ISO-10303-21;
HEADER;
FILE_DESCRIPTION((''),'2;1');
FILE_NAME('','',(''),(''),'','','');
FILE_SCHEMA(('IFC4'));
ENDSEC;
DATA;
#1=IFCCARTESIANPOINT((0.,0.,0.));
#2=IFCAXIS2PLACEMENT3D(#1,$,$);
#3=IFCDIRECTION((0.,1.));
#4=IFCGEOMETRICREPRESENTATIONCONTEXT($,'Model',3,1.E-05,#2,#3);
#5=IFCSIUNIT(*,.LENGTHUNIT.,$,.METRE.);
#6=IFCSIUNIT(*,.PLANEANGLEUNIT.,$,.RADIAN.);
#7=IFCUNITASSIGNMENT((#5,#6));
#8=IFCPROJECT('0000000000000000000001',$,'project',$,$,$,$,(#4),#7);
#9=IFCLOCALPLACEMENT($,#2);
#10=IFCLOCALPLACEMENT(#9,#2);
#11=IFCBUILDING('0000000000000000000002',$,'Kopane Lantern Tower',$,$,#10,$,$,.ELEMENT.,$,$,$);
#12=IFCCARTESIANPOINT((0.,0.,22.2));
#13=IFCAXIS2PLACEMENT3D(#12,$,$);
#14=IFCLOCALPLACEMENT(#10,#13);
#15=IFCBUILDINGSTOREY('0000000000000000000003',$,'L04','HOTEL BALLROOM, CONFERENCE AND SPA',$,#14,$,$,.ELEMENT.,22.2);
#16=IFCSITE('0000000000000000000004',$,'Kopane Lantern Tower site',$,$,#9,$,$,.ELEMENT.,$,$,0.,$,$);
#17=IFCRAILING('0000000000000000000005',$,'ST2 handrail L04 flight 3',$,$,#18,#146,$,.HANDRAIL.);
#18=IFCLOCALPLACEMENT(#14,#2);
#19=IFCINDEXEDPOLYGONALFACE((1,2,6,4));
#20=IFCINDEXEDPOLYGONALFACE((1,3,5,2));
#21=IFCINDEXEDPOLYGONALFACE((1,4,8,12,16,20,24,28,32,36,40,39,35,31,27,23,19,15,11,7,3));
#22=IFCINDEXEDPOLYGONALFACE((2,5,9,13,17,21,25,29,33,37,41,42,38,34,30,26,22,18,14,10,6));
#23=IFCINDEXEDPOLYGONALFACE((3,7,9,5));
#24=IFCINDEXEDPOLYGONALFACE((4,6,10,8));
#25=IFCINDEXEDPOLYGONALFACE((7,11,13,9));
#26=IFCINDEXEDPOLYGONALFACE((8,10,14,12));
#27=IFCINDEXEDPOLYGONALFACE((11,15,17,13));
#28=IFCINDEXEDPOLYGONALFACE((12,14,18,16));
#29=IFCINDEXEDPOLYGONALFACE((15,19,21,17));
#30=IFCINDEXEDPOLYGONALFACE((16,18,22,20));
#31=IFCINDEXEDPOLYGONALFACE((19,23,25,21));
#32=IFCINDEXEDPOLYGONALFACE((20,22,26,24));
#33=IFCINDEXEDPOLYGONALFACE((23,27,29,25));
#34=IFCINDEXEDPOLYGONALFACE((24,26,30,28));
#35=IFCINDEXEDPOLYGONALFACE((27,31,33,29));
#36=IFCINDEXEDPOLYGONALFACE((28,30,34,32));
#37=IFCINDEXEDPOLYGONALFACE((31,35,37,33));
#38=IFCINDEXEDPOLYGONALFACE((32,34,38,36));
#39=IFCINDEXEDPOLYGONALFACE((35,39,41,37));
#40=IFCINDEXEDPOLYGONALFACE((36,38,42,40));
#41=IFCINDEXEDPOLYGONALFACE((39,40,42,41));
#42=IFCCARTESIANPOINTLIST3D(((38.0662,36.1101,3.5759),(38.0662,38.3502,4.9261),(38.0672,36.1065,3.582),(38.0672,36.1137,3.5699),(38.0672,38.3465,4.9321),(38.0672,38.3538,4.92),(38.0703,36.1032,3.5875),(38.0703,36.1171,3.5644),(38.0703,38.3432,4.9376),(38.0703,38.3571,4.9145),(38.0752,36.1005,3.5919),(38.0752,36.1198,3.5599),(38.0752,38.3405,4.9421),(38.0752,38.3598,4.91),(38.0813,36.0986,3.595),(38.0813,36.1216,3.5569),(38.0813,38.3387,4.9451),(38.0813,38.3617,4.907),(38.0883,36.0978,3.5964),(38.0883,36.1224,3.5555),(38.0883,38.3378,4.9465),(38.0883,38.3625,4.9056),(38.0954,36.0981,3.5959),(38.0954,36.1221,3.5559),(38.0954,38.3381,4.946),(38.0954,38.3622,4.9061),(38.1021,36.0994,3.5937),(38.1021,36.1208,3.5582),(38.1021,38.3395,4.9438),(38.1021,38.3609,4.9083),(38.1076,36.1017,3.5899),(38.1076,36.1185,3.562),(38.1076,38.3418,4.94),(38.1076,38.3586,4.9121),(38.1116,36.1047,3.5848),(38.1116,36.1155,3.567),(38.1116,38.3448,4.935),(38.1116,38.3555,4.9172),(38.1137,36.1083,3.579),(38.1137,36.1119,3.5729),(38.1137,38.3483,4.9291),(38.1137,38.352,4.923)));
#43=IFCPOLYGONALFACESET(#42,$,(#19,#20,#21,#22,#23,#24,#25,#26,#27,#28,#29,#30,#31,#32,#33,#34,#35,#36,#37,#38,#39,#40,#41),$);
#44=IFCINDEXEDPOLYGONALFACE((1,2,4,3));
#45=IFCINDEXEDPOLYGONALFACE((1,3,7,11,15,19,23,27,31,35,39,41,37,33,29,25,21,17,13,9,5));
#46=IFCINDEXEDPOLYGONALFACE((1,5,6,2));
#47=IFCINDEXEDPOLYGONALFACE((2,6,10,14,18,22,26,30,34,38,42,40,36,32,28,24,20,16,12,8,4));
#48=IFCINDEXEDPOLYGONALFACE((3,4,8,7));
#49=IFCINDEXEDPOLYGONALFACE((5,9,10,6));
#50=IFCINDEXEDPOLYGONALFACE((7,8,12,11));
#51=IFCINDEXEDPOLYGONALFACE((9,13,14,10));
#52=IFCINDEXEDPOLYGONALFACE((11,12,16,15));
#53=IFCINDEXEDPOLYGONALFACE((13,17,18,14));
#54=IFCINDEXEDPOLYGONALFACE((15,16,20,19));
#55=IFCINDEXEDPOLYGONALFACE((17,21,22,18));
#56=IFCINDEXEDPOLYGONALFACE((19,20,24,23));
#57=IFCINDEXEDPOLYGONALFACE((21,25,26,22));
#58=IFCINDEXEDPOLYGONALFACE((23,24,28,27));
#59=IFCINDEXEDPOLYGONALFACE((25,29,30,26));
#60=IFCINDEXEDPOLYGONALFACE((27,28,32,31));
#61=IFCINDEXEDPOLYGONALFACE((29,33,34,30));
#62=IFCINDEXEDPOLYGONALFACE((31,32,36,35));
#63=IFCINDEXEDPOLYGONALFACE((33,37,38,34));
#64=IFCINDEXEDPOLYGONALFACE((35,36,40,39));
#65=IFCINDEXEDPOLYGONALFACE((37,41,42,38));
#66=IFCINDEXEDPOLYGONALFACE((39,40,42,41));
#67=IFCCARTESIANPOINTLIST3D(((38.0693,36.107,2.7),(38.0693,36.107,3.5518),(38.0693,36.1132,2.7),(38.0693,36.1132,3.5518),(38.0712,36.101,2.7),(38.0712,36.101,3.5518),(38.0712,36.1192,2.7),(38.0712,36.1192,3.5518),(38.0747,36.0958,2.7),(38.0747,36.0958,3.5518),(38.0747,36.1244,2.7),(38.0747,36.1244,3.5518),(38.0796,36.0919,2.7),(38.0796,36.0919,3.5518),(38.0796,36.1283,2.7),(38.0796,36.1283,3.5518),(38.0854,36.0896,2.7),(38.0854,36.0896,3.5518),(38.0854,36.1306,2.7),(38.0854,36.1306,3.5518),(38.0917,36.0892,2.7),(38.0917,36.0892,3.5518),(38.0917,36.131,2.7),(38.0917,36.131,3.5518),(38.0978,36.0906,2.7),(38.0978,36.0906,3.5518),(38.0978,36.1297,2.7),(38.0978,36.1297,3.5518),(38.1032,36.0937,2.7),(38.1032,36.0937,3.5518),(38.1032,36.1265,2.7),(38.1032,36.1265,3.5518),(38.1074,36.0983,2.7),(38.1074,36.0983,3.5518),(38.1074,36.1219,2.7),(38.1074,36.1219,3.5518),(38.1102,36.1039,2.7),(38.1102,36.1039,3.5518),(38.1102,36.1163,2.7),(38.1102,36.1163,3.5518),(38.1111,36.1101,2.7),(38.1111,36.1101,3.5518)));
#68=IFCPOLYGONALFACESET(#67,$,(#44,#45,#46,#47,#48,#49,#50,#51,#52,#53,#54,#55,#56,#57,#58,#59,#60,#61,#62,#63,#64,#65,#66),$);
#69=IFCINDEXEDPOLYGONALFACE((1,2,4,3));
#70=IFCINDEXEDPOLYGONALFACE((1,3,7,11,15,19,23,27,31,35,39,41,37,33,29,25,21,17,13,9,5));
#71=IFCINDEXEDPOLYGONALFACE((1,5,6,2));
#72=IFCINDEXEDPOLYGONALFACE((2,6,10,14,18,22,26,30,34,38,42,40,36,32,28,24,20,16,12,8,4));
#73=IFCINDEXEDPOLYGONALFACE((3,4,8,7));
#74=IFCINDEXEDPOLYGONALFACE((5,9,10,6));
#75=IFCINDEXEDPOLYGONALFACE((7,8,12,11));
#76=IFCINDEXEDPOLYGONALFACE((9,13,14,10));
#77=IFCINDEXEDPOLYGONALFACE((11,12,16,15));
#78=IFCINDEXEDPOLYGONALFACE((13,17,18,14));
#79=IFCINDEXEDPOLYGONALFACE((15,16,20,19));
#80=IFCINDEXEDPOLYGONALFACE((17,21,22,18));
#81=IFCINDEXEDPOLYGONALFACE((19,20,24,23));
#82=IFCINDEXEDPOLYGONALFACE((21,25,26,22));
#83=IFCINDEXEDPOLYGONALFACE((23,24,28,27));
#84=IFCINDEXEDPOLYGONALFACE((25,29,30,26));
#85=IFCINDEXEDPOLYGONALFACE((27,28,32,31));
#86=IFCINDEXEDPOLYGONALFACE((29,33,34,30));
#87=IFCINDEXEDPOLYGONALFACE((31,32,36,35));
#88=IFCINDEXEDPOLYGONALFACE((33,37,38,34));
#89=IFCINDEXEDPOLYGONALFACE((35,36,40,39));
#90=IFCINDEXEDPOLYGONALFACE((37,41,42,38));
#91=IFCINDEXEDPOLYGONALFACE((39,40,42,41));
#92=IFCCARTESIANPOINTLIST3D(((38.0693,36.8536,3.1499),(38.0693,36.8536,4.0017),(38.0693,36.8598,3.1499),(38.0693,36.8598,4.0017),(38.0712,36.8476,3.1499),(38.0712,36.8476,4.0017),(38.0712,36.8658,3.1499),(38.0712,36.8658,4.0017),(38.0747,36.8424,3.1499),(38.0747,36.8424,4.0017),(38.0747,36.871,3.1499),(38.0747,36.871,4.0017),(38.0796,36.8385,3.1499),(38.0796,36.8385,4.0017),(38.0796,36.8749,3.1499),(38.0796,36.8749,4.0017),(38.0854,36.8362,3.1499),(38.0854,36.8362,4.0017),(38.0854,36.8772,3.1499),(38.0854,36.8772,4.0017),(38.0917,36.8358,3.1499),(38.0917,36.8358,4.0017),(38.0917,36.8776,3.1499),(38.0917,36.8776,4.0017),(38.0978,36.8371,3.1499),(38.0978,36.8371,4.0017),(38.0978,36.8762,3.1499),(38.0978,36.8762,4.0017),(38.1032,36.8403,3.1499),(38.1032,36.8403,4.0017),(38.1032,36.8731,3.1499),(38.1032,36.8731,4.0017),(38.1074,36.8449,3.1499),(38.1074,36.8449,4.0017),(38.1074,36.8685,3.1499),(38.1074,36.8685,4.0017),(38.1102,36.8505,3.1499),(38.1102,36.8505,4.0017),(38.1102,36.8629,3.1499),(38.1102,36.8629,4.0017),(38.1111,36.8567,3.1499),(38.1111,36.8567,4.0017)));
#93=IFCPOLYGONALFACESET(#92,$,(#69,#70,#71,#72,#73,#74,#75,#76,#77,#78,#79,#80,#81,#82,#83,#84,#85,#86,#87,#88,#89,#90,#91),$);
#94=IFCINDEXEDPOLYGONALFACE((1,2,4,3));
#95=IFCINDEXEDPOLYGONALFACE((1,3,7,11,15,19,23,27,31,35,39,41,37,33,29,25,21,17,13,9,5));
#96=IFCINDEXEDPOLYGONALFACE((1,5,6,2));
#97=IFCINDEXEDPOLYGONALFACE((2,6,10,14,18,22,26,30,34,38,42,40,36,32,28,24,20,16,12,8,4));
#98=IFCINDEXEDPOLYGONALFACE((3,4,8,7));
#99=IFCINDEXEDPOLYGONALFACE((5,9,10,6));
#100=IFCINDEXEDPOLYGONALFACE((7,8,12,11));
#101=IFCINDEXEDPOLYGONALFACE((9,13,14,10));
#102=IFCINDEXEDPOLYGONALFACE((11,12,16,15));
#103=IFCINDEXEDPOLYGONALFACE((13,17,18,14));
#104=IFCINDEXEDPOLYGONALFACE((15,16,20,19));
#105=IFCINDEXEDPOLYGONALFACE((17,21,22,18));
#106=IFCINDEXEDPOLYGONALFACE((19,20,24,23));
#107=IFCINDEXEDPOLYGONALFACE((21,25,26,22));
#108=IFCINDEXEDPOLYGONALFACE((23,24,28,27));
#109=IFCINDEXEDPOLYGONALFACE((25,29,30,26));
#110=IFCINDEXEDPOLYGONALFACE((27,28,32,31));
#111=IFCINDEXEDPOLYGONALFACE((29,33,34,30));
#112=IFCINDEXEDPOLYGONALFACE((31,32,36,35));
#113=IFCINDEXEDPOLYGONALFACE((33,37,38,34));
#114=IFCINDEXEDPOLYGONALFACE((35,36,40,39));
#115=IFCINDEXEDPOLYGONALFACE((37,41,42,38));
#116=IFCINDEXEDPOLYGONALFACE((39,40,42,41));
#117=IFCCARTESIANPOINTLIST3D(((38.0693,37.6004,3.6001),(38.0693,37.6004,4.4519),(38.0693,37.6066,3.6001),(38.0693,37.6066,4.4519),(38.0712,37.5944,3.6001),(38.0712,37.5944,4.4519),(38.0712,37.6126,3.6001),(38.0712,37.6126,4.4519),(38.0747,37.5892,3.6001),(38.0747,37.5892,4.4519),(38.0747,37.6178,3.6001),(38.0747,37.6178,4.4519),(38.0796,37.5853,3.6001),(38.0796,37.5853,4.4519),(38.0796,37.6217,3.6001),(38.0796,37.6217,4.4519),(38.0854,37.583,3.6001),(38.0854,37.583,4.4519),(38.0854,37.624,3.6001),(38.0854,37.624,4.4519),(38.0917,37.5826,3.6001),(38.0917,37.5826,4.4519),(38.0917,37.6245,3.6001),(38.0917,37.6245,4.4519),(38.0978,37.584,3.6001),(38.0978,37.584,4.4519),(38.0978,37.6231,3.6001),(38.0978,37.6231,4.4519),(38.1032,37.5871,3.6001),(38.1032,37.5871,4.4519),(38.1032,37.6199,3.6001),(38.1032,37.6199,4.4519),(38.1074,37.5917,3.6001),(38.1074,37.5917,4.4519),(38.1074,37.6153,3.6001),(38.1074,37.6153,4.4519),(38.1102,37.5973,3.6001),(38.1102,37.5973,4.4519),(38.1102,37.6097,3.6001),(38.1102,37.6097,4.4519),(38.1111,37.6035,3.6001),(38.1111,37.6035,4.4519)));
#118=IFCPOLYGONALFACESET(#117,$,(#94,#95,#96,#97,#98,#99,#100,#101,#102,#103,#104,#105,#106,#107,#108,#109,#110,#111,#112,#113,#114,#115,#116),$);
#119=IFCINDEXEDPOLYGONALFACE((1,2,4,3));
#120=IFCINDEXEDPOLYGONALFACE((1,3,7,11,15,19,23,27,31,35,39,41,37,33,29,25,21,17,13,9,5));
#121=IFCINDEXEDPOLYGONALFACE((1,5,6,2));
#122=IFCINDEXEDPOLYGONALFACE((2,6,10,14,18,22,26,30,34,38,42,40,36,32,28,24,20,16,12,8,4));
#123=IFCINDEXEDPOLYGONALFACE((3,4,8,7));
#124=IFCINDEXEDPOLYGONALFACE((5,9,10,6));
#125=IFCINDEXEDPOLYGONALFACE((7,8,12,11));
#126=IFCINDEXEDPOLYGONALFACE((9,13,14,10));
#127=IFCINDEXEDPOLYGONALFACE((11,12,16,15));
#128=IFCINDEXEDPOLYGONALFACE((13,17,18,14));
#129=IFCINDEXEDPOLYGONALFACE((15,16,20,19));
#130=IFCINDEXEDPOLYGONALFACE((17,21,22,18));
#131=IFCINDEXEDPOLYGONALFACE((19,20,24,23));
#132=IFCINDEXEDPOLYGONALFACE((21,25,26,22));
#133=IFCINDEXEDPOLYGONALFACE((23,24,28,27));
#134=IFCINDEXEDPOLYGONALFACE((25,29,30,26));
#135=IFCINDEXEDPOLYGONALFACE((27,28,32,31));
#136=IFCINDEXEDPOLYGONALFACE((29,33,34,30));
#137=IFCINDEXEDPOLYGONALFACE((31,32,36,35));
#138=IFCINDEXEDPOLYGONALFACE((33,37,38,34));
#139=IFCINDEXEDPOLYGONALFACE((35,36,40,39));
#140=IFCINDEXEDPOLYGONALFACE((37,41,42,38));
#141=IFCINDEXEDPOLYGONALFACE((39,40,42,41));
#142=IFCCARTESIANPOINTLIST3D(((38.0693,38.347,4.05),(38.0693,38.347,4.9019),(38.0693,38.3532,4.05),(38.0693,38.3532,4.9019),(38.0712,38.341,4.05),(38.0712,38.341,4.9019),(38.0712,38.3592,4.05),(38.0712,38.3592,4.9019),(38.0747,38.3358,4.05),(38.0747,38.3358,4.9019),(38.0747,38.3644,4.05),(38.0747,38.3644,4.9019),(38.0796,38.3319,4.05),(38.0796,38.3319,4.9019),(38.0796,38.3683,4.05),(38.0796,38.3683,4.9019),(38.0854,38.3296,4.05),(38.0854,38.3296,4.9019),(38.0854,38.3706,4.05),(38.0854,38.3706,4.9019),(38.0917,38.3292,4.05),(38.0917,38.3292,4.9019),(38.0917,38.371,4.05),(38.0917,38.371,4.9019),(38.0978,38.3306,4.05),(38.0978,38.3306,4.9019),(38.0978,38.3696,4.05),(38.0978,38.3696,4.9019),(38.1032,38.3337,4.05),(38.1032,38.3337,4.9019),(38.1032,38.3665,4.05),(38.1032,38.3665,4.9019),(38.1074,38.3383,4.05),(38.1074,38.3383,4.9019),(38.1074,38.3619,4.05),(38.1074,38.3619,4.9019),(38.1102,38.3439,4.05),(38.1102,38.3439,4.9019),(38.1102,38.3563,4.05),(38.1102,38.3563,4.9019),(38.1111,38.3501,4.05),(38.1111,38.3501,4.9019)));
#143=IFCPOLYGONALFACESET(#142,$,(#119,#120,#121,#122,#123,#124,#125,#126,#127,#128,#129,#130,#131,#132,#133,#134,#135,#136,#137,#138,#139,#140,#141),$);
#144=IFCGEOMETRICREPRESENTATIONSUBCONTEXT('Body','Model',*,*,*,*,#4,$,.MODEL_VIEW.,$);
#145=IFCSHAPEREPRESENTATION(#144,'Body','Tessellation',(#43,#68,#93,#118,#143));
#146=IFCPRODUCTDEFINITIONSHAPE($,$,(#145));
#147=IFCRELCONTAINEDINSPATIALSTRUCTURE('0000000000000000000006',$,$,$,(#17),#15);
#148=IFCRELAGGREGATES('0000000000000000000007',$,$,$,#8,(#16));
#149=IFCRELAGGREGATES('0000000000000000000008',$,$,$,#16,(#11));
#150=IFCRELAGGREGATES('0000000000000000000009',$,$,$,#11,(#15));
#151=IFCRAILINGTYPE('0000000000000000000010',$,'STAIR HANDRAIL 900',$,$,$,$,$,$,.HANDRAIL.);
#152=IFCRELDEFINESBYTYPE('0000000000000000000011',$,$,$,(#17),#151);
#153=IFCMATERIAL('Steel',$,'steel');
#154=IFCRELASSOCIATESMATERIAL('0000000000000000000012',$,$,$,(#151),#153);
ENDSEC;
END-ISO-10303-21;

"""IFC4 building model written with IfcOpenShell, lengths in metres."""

from ifc_helpers import new_model, si_unit, direction, frame, origin, origin_2d, place, context, subcontext, project, spatial, circle, extrude, material, type_object, element, save


model = new_model("IFC4")

# Units and contexts
model_context = context("Model", 3, precision=1e-05, world=origin(), true_north=direction((0.0, 1.0)))
body_context = subcontext(model_context, "Body", "Model", "MODEL_VIEW")
ifc_project = project(units=[si_unit("LENGTHUNIT", "METRE"), si_unit("PLANEANGLEUNIT", "RADIAN")], contexts=[model_context])

# Site, building, storey
site_placement = place(None, origin())
site = spatial("IfcSite", under=ifc_project, at=site_placement, Name="Kopane Lantern Tower site", CompositionType="ELEMENT", RefElevation=0.0)
building_placement = place(site_placement, origin())
building = spatial("IfcBuilding", under=site, at=building_placement, Name="Kopane Lantern Tower", CompositionType="ELEMENT")
storey_placement = place(building_placement, frame((0.0, 0.0, 22.2)))
storey = spatial("IfcBuildingStorey", under=building, at=storey_placement, Name="L04", Description="HOTEL BALLROOM, CONFERENCE AND SPA", CompositionType="ELEMENT", Elevation=22.2)

# Railing
ifc_material_1 = material(Name="Steel", Category="steel")
railing_type_1 = type_object("IfcRailingType", Name="STAIR HANDRAIL 900", PredefinedType="HANDRAIL", material=ifc_material_1)
for number, where, name in (
    (1, (38.0901, 36.1101, 2.7), "ST2 handrail L04 flight 3"),
):
    element("IfcRailing", number, at=place(storey_placement, frame(where)), inside=storey, type_object=railing_type_1, Name=name, PredefinedType="HANDRAIL", context=body_context, shape_type="SweptSolid", body=[
        extrude(circle(Radius=0.0239, at=origin_2d()), frame((0.0, 0.0, 0.876), z_axis=(0.0, 0.856462, 0.516211), x_axis=(-1.0, 0.0, 0.0)), (0.0, 0.0, 1.0), 2.6155),
        extrude(circle(Radius=0.021, at=origin_2d()), origin(), (0.0, 0.0, 1.0), 0.8518),
        extrude(circle(Radius=0.021, at=origin_2d()), frame((0.0, 0.7466, 0.45)), (0.0, 0.0, 1.0), 0.8518),
        extrude(circle(Radius=0.021, at=origin_2d()), frame((0.0, 1.4934, 0.9001)), (0.0, 0.0, 1.0), 0.8518),
        extrude(circle(Radius=0.021, at=origin_2d()), frame((0.0, 2.24, 1.3501)), (0.0, 0.0, 1.0), 0.8518),
    ])

save(model, "model.ifc")
